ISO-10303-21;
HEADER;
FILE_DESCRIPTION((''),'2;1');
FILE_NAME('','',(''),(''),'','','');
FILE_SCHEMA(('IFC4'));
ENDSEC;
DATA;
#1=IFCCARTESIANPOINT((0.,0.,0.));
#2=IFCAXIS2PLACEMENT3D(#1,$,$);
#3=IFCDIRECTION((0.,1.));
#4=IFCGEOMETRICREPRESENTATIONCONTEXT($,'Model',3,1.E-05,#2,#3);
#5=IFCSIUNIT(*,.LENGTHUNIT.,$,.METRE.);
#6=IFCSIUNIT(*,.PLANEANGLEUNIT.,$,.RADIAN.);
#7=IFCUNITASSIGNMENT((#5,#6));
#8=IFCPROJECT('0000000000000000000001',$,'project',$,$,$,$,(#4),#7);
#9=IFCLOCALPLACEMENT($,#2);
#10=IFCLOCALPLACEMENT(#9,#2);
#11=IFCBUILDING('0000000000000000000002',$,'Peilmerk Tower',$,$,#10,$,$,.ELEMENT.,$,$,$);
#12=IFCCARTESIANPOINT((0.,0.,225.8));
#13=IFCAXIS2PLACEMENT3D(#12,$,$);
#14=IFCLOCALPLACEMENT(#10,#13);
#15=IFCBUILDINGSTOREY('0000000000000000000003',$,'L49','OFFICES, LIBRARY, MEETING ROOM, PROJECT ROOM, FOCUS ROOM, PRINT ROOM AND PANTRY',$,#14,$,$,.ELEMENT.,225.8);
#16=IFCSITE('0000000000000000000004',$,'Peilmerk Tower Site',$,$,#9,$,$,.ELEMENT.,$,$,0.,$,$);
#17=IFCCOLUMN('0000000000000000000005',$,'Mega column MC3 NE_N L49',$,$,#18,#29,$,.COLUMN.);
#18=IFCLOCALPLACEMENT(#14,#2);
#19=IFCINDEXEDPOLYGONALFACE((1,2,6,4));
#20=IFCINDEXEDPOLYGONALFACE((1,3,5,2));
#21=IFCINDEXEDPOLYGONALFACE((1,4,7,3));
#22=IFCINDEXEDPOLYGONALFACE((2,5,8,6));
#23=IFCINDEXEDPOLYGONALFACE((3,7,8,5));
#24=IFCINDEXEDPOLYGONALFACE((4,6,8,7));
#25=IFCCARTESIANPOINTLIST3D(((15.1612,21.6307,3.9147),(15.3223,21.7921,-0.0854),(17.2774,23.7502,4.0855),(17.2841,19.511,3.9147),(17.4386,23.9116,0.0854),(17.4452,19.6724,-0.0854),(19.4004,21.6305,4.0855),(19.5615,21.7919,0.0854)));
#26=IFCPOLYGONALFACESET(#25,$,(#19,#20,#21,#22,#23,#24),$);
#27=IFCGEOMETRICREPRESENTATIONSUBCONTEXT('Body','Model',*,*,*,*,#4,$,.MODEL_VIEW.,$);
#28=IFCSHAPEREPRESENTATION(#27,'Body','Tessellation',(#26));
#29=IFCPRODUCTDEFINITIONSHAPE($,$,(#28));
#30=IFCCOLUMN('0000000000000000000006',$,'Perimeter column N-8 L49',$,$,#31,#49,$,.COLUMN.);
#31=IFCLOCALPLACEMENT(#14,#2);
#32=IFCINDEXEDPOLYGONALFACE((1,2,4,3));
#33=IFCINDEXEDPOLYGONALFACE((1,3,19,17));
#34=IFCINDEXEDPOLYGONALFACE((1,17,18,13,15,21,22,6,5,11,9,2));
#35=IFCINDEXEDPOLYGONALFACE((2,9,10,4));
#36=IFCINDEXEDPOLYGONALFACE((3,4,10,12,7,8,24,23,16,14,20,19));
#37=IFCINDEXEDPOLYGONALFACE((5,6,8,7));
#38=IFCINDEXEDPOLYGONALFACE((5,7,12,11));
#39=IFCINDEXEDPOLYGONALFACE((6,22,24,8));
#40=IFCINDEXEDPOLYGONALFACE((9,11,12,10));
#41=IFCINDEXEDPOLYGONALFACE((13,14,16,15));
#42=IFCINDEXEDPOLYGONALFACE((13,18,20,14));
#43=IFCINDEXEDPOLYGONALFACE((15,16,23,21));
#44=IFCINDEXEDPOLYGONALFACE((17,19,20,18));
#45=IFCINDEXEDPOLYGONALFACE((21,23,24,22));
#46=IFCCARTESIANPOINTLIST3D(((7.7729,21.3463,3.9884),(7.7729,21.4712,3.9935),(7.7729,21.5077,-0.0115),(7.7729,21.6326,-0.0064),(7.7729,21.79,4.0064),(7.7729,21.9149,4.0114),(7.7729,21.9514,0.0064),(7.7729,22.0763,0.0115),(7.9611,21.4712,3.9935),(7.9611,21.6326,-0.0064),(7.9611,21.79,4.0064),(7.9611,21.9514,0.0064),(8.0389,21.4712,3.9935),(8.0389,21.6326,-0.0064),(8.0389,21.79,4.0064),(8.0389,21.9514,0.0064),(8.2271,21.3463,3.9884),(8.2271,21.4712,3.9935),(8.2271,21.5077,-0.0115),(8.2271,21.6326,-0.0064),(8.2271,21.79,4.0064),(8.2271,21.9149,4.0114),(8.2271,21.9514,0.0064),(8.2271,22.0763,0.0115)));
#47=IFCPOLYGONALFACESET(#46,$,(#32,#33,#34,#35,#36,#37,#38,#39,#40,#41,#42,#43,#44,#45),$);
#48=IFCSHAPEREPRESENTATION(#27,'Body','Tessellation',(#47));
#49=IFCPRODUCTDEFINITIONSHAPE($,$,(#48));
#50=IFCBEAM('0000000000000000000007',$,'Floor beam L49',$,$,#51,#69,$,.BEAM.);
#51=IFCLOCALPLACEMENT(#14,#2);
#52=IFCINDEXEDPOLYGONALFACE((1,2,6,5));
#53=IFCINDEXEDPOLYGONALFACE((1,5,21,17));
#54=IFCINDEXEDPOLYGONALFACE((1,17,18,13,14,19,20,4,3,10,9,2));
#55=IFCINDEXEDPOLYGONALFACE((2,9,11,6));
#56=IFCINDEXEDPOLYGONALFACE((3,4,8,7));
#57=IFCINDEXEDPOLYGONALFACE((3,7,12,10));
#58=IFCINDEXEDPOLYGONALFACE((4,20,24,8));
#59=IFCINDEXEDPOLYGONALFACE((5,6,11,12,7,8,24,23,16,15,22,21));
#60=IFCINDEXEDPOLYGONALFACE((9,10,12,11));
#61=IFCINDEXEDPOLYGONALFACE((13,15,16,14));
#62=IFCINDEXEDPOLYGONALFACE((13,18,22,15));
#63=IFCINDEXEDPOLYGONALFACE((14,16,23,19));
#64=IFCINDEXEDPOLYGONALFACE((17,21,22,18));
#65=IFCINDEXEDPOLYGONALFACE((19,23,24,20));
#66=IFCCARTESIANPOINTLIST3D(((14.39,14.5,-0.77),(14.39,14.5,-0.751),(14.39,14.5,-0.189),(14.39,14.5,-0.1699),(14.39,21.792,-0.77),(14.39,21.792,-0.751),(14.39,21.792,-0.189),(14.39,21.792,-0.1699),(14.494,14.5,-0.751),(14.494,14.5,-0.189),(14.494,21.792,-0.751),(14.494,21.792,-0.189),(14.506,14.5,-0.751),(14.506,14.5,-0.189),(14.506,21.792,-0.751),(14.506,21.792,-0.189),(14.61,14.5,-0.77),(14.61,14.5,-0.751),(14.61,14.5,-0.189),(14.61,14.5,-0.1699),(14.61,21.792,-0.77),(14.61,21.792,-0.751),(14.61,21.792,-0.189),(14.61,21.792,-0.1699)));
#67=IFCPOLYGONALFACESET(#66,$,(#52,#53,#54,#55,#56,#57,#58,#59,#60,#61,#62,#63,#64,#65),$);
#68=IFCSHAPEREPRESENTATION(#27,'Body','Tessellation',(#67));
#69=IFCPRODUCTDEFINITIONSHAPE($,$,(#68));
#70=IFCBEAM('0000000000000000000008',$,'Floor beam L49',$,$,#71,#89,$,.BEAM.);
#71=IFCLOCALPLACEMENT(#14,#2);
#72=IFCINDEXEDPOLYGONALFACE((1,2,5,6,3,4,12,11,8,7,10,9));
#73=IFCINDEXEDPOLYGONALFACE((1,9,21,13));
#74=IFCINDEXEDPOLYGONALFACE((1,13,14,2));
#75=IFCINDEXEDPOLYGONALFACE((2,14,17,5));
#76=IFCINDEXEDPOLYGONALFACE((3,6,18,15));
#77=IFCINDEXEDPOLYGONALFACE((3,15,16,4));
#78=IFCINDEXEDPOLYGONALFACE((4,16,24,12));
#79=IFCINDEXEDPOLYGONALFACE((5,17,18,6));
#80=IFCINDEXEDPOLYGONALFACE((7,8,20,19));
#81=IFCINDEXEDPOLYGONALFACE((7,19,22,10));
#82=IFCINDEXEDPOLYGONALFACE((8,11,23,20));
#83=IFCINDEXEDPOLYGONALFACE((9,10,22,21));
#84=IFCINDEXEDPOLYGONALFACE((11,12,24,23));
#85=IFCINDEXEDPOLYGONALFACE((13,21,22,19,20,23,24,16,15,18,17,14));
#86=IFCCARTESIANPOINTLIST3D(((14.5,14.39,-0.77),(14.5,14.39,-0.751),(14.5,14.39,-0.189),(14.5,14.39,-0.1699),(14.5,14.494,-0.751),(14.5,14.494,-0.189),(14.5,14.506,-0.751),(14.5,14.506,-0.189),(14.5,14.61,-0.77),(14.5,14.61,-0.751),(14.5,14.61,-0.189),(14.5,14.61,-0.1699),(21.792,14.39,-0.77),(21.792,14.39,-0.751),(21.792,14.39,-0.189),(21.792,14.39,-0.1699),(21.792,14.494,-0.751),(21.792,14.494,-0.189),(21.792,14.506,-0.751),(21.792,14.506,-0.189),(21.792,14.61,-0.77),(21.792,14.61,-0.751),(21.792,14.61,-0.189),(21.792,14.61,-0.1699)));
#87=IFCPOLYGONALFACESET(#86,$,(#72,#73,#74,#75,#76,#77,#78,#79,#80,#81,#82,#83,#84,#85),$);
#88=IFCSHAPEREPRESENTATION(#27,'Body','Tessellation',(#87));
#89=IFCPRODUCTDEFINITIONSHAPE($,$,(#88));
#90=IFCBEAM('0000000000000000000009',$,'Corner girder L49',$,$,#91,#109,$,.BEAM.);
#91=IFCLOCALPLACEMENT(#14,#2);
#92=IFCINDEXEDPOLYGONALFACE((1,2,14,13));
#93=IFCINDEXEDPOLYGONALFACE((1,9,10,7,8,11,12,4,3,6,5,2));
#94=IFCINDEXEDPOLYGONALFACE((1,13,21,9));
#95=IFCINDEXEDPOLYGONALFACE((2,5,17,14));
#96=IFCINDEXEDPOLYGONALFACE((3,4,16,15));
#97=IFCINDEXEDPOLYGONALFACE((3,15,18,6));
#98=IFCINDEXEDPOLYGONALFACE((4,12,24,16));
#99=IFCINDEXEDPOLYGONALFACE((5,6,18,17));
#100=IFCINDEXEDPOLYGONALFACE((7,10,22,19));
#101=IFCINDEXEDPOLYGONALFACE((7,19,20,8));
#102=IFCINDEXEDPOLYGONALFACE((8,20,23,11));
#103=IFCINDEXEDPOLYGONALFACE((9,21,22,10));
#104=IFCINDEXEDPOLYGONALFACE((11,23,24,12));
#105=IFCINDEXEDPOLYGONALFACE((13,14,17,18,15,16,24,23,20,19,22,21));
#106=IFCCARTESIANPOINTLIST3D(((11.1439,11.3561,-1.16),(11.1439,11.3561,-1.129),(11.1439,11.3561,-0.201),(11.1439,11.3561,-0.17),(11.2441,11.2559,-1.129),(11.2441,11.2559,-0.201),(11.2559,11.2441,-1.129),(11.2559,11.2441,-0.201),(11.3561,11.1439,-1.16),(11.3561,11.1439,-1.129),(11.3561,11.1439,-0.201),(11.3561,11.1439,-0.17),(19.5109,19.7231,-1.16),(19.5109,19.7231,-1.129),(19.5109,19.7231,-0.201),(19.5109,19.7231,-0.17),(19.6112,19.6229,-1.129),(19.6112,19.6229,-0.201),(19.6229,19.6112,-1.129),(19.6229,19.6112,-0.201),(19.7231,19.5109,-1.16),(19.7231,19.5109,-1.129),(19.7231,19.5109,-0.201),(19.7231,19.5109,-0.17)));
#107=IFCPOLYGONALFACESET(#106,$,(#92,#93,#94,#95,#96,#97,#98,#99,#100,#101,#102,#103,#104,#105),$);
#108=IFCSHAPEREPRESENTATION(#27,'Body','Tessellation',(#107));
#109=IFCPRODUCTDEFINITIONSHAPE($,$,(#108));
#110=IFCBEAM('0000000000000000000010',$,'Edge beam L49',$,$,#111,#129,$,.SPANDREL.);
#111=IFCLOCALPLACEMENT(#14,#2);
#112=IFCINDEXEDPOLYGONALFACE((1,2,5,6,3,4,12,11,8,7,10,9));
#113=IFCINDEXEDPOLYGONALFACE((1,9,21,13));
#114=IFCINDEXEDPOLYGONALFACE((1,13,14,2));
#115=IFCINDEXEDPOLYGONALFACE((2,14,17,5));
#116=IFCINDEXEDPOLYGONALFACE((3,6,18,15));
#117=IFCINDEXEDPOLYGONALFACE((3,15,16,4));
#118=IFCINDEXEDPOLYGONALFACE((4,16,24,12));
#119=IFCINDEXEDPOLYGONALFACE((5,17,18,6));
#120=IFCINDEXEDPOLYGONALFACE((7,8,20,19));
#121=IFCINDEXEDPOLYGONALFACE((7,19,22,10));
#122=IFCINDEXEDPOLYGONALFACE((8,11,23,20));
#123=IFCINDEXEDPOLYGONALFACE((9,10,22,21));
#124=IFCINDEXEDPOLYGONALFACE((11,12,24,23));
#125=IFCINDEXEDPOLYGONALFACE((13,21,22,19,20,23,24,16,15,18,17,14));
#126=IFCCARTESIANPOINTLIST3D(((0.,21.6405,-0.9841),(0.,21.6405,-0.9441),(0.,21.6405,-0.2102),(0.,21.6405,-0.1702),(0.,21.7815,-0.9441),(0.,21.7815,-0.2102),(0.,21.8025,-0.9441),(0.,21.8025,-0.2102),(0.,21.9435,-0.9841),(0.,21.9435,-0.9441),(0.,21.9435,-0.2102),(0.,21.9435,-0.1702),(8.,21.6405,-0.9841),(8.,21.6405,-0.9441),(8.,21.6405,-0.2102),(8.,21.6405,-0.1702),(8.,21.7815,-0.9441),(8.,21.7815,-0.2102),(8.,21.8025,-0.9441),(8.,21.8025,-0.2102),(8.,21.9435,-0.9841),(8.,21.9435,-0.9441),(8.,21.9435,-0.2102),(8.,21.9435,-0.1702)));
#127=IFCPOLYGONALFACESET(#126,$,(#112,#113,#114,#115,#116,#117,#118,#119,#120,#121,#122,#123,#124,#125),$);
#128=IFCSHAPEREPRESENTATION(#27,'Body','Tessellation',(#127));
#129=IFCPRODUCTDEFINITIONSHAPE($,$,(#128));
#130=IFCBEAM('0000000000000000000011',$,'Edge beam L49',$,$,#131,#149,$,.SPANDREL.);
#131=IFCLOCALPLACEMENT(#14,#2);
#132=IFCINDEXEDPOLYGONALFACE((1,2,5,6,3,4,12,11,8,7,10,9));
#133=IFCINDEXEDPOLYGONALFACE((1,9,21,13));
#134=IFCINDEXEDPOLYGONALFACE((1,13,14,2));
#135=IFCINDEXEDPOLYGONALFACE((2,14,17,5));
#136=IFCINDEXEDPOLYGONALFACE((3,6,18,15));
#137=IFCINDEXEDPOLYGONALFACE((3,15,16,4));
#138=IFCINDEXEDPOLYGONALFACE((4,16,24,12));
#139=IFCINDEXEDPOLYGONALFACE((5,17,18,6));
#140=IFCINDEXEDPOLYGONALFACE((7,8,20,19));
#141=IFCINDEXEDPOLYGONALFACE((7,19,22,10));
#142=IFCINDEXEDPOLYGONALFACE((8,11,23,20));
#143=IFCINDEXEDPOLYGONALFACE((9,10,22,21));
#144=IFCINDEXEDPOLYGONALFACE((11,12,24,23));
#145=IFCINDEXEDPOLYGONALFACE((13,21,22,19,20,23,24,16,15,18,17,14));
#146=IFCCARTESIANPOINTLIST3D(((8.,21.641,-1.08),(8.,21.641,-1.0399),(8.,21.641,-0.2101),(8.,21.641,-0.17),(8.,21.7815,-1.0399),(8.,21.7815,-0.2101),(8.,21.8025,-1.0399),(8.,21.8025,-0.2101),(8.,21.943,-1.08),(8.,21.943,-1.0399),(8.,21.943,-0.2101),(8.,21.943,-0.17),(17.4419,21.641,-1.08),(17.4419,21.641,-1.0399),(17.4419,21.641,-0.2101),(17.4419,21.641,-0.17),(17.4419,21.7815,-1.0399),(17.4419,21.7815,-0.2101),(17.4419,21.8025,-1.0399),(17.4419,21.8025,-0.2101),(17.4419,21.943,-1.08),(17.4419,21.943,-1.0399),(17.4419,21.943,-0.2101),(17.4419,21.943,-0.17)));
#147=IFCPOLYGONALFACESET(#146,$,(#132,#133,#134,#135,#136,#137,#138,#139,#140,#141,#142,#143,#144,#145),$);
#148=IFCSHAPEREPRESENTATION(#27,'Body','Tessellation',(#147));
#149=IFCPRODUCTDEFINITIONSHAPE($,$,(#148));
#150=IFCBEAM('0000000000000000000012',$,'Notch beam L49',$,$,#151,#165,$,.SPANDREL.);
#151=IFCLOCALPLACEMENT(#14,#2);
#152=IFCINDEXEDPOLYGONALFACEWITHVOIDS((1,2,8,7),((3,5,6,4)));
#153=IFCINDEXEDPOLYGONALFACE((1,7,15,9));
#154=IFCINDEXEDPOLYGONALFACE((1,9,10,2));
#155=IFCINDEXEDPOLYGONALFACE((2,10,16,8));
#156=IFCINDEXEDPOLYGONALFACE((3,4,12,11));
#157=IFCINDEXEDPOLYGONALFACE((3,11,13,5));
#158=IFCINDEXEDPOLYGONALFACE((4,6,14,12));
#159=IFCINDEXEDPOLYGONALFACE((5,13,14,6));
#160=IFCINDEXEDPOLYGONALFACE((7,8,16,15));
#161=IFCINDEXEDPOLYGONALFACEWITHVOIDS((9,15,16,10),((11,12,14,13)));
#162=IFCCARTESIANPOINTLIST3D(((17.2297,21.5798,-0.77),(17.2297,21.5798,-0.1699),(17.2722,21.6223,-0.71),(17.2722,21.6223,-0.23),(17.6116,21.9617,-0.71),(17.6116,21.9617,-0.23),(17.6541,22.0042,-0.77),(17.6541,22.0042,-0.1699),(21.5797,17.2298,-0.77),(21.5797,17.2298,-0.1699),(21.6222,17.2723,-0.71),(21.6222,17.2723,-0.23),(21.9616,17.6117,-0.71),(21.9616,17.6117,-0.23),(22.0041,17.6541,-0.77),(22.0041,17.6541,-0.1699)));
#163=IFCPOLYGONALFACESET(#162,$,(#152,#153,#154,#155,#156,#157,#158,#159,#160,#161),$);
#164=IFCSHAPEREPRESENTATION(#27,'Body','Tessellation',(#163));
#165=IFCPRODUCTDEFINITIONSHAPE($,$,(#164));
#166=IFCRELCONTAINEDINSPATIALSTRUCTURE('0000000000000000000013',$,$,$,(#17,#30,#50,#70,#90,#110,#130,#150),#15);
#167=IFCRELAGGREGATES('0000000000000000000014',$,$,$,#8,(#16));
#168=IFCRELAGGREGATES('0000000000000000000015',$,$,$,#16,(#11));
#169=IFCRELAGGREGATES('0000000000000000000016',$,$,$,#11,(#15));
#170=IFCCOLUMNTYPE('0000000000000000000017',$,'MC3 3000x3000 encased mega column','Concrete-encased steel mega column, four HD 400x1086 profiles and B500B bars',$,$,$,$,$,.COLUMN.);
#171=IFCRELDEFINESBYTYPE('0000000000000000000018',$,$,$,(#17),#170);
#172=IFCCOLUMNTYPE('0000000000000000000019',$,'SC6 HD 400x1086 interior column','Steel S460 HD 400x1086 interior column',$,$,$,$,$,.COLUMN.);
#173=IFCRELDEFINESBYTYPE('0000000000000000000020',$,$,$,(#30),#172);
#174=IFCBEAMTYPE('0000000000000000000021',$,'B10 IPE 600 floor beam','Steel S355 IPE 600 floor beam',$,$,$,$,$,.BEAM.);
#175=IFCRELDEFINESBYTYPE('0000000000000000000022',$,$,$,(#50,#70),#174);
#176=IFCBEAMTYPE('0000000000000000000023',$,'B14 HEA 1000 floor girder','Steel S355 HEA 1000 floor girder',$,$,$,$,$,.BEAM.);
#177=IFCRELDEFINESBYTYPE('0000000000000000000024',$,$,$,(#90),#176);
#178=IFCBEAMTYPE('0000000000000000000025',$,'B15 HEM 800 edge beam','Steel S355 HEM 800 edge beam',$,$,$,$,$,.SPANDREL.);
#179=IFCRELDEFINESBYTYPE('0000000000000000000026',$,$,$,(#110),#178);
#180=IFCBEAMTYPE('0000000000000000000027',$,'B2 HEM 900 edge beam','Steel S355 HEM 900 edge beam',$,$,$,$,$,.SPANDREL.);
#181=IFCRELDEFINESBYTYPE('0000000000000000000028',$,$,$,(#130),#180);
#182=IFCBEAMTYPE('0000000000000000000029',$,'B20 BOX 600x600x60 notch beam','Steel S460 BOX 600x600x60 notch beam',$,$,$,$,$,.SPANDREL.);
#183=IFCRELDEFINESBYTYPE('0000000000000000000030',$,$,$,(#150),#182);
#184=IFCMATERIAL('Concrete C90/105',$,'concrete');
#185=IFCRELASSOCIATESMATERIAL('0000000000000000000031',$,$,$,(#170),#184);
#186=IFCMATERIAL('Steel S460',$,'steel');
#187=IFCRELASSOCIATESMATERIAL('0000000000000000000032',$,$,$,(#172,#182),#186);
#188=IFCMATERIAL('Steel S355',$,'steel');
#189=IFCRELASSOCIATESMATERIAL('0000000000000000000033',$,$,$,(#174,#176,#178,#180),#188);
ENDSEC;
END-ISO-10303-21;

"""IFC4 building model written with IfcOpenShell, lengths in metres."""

from ifc_helpers import new_model, si_unit, direction, frame, origin, origin_2d, place, context, subcontext, project, spatial, rectangle, hollow_rectangle, i_section, extrude, material, material_profile, profile_set, type_object, element, save


model = new_model("IFC4")

# Units and contexts
model_context = context("Model", 3, precision=1e-05, world=origin(), true_north=direction((0.0, 1.0)))
body_context = subcontext(model_context, "Body", "Model", "MODEL_VIEW")
ifc_project = project(units=[si_unit("LENGTHUNIT", "METRE"), si_unit("PLANEANGLEUNIT", "RADIAN")], contexts=[model_context])

# Site, building, storey
site_placement = place(None, origin())
site = spatial("IfcSite", under=ifc_project, at=site_placement, Name="Peilmerk Tower Site", CompositionType="ELEMENT", RefElevation=0.0)
building_placement = place(site_placement, origin())
building = spatial("IfcBuilding", under=site, at=building_placement, Name="Peilmerk Tower", CompositionType="ELEMENT")
storey_placement = place(building_placement, frame((0.0, 0.0, 225.8)))
storey = spatial("IfcBuildingStorey", under=building, at=storey_placement, Name="L49", Description="OFFICES, LIBRARY, MEETING ROOM, PROJECT ROOM, FOCUS ROOM, PRINT ROOM AND PANTRY", CompositionType="ELEMENT", Elevation=225.8)

# Columns
ifc_material_1 = material(Name="Concrete C90/105", Category="concrete")
ifc_material_profile_1 = material_profile(ifc_material_1, rectangle(XDim=3.0, YDim=3.0, at=origin_2d()), Name="RC 3000x3000")
ifc_profile_set_1 = profile_set([ifc_material_profile_1], Name="Concrete C90/105")
column_type_1 = type_object("IfcColumnType", Name="MC3 3000x3000 encased mega column", Description="Concrete-encased steel mega column, four HD 400x1086 profiles and B500B bars", PredefinedType="COLUMN", material=ifc_profile_set_1)
column_1_placement = place(storey_placement, frame((17.4419, 21.792, 0.0), z_axis=(-0.040218, -0.040279, 0.998379), x_axis=(0.707642, -0.706571, 0.0)))
element("IfcColumn", 1, at=column_1_placement, inside=storey, type_object=column_type_1, Name="Mega column MC3 NE_N L49", PredefinedType="COLUMN", context=body_context, shape_type="SweptSolid", body=[
    extrude(rectangle(XDim=3.0, YDim=3.0, at=origin_2d()), origin(), (0.0, 0.0, 1.0), 4.0066),
])
ifc_material_2 = material(Name="Steel S460", Category="steel")
ifc_material_profile_2 = material_profile(ifc_material_2, i_section(OverallWidth=0.4541, OverallDepth=0.5691, WebThickness=0.0779, FlangeThickness=0.125, at=origin_2d()), Name="HD 400x1086")
ifc_profile_set_2 = profile_set([ifc_material_profile_2], Name="Steel S460")
column_type_2 = type_object("IfcColumnType", Name="SC6 HD 400x1086 interior column", Description="Steel S460 HD 400x1086 interior column", PredefinedType="COLUMN", material=ifc_profile_set_2)
column_2_placement = place(storey_placement, frame((8.0, 21.792, 0.0), z_axis=(0.0, -0.040311, 0.999187), x_axis=(1.0, 0.0, 0.0)))
element("IfcColumn", 2, at=column_2_placement, inside=storey, type_object=column_type_2, Name="Perimeter column N-8 L49", PredefinedType="COLUMN", context=body_context, shape_type="SweptSolid", body=[
    extrude(i_section(OverallWidth=0.4541, OverallDepth=0.5691, WebThickness=0.0779, FlangeThickness=0.125, at=origin_2d()), origin(), (0.0, 0.0, 1.0), 4.0032),
])

# Beams
ifc_material_3 = material(Name="Steel S355", Category="steel")
ifc_material_profile_3 = material_profile(ifc_material_3, i_section(OverallWidth=0.22, OverallDepth=0.6001, WebThickness=0.012, FlangeThickness=0.019, at=origin_2d()), Name="IPE 600")
ifc_profile_set_3 = profile_set([ifc_material_profile_3], Name="Steel S355")
beam_type_1 = type_object("IfcBeamType", Name="B10 IPE 600 floor beam", Description="Steel S355 IPE 600 floor beam", PredefinedType="BEAM", material=ifc_profile_set_3)
for number, where, z_axis, x_axis, name in (
    (3, (14.5, 14.5, -0.47), (0.0, 1.0, 0.0), (-1.0, 0.0, 0.0), "Floor beam L49"),
    (4, (14.5, 14.5, -0.47), (1.0, 0.0, 0.0), (0.0, 1.0, 0.0), "Floor beam L49"),
):
    element("IfcBeam", number, at=place(storey_placement, frame(where, z_axis=z_axis, x_axis=x_axis)), inside=storey, type_object=beam_type_1, Name=name, PredefinedType="BEAM", context=body_context, shape_type="SweptSolid", body=[
        extrude(i_section(OverallWidth=0.22, OverallDepth=0.6001, WebThickness=0.012, FlangeThickness=0.019, at=origin_2d()), origin(), (0.0, 0.0, 1.0), 7.292),
    ])
ifc_material_profile_4 = material_profile(ifc_material_3, i_section(OverallWidth=0.3, OverallDepth=0.99, WebThickness=0.0166, FlangeThickness=0.031, at=origin_2d()), Name="HEA 1000")
ifc_profile_set_4 = profile_set([ifc_material_profile_4], Name="Steel S355")
beam_type_2 = type_object("IfcBeamType", Name="B14 HEA 1000 floor girder", Description="Steel S355 HEA 1000 floor girder", PredefinedType="BEAM", material=ifc_profile_set_4)
beam_1_placement = place(storey_placement, frame((11.25, 11.25, -0.665), z_axis=(0.707107, 0.707107, 0.0), x_axis=(-0.707107, 0.707107, 0.0)))
element("IfcBeam", 5, at=beam_1_placement, inside=storey, type_object=beam_type_2, Name="Corner girder L49", PredefinedType="BEAM", context=body_context, shape_type="SweptSolid", body=[
    extrude(i_section(OverallWidth=0.3, OverallDepth=0.99, WebThickness=0.0166, FlangeThickness=0.031, at=origin_2d()), origin(), (0.0, 0.0, 1.0), 11.8328),
])
ifc_material_profile_5 = material_profile(ifc_material_3, i_section(OverallWidth=0.303, OverallDepth=0.814, WebThickness=0.021, FlangeThickness=0.04, at=origin_2d()), Name="HEM 800")
ifc_profile_set_5 = profile_set([ifc_material_profile_5], Name="Steel S355")
beam_type_3 = type_object("IfcBeamType", Name="B15 HEM 800 edge beam", Description="Steel S355 HEM 800 edge beam", PredefinedType="SPANDREL", material=ifc_profile_set_5)
beam_2_placement = place(storey_placement, frame((8.0, 21.792, -0.5771), z_axis=(-1.0, 0.0, 0.0), x_axis=(0.0, -1.0, 0.0)))
element("IfcBeam", 6, at=beam_2_placement, inside=storey, type_object=beam_type_3, Name="Edge beam L49", PredefinedType="SPANDREL", context=body_context, shape_type="SweptSolid", body=[
    extrude(i_section(OverallWidth=0.303, OverallDepth=0.814, WebThickness=0.021, FlangeThickness=0.04, at=origin_2d()), origin(), (0.0, 0.0, 1.0), 8.0),
])
ifc_material_profile_6 = material_profile(ifc_material_3, i_section(OverallWidth=0.302, OverallDepth=0.9099, WebThickness=0.021, FlangeThickness=0.04, at=origin_2d()), Name="HEM 900")
ifc_profile_set_6 = profile_set([ifc_material_profile_6], Name="Steel S355")
beam_type_4 = type_object("IfcBeamType", Name="B2 HEM 900 edge beam", Description="Steel S355 HEM 900 edge beam", PredefinedType="SPANDREL", material=ifc_profile_set_6)
beam_3_placement = place(storey_placement, frame((17.4419, 21.792, -0.625), z_axis=(-1.0, 0.0, 0.0), x_axis=(0.0, -1.0, 0.0)))
element("IfcBeam", 7, at=beam_3_placement, inside=storey, type_object=beam_type_4, Name="Edge beam L49", PredefinedType="SPANDREL", context=body_context, shape_type="SweptSolid", body=[
    extrude(i_section(OverallWidth=0.302, OverallDepth=0.9099, WebThickness=0.021, FlangeThickness=0.04, at=origin_2d()), origin(), (0.0, 0.0, 1.0), 9.4419),
])
ifc_material_profile_7 = material_profile(ifc_material_2, hollow_rectangle(XDim=0.6001, YDim=0.6001, WallThickness=0.0601, at=origin_2d()), Name="BOX 600x600x60")
ifc_profile_set_7 = profile_set([ifc_material_profile_7], Name="Steel S460")
beam_type_5 = type_object("IfcBeamType", Name="B20 BOX 600x600x60 notch beam", Description="Steel S460 BOX 600x600x60 notch beam", PredefinedType="SPANDREL", material=ifc_profile_set_7)
beam_4_placement = place(storey_placement, frame((17.4419, 21.792, -0.47), z_axis=(0.707107, -0.707107, 0.0), x_axis=(0.707107, 0.707107, 0.0)))
element("IfcBeam", 8, at=beam_4_placement, inside=storey, type_object=beam_type_5, Name="Notch beam L49", PredefinedType="SPANDREL", context=body_context, shape_type="SweptSolid", body=[
    extrude(hollow_rectangle(XDim=0.6001, YDim=0.6001, WallThickness=0.0601, at=origin_2d()), origin(), (0.0, 0.0, 1.0), 6.1519),
])

save(model, "model.ifc")
